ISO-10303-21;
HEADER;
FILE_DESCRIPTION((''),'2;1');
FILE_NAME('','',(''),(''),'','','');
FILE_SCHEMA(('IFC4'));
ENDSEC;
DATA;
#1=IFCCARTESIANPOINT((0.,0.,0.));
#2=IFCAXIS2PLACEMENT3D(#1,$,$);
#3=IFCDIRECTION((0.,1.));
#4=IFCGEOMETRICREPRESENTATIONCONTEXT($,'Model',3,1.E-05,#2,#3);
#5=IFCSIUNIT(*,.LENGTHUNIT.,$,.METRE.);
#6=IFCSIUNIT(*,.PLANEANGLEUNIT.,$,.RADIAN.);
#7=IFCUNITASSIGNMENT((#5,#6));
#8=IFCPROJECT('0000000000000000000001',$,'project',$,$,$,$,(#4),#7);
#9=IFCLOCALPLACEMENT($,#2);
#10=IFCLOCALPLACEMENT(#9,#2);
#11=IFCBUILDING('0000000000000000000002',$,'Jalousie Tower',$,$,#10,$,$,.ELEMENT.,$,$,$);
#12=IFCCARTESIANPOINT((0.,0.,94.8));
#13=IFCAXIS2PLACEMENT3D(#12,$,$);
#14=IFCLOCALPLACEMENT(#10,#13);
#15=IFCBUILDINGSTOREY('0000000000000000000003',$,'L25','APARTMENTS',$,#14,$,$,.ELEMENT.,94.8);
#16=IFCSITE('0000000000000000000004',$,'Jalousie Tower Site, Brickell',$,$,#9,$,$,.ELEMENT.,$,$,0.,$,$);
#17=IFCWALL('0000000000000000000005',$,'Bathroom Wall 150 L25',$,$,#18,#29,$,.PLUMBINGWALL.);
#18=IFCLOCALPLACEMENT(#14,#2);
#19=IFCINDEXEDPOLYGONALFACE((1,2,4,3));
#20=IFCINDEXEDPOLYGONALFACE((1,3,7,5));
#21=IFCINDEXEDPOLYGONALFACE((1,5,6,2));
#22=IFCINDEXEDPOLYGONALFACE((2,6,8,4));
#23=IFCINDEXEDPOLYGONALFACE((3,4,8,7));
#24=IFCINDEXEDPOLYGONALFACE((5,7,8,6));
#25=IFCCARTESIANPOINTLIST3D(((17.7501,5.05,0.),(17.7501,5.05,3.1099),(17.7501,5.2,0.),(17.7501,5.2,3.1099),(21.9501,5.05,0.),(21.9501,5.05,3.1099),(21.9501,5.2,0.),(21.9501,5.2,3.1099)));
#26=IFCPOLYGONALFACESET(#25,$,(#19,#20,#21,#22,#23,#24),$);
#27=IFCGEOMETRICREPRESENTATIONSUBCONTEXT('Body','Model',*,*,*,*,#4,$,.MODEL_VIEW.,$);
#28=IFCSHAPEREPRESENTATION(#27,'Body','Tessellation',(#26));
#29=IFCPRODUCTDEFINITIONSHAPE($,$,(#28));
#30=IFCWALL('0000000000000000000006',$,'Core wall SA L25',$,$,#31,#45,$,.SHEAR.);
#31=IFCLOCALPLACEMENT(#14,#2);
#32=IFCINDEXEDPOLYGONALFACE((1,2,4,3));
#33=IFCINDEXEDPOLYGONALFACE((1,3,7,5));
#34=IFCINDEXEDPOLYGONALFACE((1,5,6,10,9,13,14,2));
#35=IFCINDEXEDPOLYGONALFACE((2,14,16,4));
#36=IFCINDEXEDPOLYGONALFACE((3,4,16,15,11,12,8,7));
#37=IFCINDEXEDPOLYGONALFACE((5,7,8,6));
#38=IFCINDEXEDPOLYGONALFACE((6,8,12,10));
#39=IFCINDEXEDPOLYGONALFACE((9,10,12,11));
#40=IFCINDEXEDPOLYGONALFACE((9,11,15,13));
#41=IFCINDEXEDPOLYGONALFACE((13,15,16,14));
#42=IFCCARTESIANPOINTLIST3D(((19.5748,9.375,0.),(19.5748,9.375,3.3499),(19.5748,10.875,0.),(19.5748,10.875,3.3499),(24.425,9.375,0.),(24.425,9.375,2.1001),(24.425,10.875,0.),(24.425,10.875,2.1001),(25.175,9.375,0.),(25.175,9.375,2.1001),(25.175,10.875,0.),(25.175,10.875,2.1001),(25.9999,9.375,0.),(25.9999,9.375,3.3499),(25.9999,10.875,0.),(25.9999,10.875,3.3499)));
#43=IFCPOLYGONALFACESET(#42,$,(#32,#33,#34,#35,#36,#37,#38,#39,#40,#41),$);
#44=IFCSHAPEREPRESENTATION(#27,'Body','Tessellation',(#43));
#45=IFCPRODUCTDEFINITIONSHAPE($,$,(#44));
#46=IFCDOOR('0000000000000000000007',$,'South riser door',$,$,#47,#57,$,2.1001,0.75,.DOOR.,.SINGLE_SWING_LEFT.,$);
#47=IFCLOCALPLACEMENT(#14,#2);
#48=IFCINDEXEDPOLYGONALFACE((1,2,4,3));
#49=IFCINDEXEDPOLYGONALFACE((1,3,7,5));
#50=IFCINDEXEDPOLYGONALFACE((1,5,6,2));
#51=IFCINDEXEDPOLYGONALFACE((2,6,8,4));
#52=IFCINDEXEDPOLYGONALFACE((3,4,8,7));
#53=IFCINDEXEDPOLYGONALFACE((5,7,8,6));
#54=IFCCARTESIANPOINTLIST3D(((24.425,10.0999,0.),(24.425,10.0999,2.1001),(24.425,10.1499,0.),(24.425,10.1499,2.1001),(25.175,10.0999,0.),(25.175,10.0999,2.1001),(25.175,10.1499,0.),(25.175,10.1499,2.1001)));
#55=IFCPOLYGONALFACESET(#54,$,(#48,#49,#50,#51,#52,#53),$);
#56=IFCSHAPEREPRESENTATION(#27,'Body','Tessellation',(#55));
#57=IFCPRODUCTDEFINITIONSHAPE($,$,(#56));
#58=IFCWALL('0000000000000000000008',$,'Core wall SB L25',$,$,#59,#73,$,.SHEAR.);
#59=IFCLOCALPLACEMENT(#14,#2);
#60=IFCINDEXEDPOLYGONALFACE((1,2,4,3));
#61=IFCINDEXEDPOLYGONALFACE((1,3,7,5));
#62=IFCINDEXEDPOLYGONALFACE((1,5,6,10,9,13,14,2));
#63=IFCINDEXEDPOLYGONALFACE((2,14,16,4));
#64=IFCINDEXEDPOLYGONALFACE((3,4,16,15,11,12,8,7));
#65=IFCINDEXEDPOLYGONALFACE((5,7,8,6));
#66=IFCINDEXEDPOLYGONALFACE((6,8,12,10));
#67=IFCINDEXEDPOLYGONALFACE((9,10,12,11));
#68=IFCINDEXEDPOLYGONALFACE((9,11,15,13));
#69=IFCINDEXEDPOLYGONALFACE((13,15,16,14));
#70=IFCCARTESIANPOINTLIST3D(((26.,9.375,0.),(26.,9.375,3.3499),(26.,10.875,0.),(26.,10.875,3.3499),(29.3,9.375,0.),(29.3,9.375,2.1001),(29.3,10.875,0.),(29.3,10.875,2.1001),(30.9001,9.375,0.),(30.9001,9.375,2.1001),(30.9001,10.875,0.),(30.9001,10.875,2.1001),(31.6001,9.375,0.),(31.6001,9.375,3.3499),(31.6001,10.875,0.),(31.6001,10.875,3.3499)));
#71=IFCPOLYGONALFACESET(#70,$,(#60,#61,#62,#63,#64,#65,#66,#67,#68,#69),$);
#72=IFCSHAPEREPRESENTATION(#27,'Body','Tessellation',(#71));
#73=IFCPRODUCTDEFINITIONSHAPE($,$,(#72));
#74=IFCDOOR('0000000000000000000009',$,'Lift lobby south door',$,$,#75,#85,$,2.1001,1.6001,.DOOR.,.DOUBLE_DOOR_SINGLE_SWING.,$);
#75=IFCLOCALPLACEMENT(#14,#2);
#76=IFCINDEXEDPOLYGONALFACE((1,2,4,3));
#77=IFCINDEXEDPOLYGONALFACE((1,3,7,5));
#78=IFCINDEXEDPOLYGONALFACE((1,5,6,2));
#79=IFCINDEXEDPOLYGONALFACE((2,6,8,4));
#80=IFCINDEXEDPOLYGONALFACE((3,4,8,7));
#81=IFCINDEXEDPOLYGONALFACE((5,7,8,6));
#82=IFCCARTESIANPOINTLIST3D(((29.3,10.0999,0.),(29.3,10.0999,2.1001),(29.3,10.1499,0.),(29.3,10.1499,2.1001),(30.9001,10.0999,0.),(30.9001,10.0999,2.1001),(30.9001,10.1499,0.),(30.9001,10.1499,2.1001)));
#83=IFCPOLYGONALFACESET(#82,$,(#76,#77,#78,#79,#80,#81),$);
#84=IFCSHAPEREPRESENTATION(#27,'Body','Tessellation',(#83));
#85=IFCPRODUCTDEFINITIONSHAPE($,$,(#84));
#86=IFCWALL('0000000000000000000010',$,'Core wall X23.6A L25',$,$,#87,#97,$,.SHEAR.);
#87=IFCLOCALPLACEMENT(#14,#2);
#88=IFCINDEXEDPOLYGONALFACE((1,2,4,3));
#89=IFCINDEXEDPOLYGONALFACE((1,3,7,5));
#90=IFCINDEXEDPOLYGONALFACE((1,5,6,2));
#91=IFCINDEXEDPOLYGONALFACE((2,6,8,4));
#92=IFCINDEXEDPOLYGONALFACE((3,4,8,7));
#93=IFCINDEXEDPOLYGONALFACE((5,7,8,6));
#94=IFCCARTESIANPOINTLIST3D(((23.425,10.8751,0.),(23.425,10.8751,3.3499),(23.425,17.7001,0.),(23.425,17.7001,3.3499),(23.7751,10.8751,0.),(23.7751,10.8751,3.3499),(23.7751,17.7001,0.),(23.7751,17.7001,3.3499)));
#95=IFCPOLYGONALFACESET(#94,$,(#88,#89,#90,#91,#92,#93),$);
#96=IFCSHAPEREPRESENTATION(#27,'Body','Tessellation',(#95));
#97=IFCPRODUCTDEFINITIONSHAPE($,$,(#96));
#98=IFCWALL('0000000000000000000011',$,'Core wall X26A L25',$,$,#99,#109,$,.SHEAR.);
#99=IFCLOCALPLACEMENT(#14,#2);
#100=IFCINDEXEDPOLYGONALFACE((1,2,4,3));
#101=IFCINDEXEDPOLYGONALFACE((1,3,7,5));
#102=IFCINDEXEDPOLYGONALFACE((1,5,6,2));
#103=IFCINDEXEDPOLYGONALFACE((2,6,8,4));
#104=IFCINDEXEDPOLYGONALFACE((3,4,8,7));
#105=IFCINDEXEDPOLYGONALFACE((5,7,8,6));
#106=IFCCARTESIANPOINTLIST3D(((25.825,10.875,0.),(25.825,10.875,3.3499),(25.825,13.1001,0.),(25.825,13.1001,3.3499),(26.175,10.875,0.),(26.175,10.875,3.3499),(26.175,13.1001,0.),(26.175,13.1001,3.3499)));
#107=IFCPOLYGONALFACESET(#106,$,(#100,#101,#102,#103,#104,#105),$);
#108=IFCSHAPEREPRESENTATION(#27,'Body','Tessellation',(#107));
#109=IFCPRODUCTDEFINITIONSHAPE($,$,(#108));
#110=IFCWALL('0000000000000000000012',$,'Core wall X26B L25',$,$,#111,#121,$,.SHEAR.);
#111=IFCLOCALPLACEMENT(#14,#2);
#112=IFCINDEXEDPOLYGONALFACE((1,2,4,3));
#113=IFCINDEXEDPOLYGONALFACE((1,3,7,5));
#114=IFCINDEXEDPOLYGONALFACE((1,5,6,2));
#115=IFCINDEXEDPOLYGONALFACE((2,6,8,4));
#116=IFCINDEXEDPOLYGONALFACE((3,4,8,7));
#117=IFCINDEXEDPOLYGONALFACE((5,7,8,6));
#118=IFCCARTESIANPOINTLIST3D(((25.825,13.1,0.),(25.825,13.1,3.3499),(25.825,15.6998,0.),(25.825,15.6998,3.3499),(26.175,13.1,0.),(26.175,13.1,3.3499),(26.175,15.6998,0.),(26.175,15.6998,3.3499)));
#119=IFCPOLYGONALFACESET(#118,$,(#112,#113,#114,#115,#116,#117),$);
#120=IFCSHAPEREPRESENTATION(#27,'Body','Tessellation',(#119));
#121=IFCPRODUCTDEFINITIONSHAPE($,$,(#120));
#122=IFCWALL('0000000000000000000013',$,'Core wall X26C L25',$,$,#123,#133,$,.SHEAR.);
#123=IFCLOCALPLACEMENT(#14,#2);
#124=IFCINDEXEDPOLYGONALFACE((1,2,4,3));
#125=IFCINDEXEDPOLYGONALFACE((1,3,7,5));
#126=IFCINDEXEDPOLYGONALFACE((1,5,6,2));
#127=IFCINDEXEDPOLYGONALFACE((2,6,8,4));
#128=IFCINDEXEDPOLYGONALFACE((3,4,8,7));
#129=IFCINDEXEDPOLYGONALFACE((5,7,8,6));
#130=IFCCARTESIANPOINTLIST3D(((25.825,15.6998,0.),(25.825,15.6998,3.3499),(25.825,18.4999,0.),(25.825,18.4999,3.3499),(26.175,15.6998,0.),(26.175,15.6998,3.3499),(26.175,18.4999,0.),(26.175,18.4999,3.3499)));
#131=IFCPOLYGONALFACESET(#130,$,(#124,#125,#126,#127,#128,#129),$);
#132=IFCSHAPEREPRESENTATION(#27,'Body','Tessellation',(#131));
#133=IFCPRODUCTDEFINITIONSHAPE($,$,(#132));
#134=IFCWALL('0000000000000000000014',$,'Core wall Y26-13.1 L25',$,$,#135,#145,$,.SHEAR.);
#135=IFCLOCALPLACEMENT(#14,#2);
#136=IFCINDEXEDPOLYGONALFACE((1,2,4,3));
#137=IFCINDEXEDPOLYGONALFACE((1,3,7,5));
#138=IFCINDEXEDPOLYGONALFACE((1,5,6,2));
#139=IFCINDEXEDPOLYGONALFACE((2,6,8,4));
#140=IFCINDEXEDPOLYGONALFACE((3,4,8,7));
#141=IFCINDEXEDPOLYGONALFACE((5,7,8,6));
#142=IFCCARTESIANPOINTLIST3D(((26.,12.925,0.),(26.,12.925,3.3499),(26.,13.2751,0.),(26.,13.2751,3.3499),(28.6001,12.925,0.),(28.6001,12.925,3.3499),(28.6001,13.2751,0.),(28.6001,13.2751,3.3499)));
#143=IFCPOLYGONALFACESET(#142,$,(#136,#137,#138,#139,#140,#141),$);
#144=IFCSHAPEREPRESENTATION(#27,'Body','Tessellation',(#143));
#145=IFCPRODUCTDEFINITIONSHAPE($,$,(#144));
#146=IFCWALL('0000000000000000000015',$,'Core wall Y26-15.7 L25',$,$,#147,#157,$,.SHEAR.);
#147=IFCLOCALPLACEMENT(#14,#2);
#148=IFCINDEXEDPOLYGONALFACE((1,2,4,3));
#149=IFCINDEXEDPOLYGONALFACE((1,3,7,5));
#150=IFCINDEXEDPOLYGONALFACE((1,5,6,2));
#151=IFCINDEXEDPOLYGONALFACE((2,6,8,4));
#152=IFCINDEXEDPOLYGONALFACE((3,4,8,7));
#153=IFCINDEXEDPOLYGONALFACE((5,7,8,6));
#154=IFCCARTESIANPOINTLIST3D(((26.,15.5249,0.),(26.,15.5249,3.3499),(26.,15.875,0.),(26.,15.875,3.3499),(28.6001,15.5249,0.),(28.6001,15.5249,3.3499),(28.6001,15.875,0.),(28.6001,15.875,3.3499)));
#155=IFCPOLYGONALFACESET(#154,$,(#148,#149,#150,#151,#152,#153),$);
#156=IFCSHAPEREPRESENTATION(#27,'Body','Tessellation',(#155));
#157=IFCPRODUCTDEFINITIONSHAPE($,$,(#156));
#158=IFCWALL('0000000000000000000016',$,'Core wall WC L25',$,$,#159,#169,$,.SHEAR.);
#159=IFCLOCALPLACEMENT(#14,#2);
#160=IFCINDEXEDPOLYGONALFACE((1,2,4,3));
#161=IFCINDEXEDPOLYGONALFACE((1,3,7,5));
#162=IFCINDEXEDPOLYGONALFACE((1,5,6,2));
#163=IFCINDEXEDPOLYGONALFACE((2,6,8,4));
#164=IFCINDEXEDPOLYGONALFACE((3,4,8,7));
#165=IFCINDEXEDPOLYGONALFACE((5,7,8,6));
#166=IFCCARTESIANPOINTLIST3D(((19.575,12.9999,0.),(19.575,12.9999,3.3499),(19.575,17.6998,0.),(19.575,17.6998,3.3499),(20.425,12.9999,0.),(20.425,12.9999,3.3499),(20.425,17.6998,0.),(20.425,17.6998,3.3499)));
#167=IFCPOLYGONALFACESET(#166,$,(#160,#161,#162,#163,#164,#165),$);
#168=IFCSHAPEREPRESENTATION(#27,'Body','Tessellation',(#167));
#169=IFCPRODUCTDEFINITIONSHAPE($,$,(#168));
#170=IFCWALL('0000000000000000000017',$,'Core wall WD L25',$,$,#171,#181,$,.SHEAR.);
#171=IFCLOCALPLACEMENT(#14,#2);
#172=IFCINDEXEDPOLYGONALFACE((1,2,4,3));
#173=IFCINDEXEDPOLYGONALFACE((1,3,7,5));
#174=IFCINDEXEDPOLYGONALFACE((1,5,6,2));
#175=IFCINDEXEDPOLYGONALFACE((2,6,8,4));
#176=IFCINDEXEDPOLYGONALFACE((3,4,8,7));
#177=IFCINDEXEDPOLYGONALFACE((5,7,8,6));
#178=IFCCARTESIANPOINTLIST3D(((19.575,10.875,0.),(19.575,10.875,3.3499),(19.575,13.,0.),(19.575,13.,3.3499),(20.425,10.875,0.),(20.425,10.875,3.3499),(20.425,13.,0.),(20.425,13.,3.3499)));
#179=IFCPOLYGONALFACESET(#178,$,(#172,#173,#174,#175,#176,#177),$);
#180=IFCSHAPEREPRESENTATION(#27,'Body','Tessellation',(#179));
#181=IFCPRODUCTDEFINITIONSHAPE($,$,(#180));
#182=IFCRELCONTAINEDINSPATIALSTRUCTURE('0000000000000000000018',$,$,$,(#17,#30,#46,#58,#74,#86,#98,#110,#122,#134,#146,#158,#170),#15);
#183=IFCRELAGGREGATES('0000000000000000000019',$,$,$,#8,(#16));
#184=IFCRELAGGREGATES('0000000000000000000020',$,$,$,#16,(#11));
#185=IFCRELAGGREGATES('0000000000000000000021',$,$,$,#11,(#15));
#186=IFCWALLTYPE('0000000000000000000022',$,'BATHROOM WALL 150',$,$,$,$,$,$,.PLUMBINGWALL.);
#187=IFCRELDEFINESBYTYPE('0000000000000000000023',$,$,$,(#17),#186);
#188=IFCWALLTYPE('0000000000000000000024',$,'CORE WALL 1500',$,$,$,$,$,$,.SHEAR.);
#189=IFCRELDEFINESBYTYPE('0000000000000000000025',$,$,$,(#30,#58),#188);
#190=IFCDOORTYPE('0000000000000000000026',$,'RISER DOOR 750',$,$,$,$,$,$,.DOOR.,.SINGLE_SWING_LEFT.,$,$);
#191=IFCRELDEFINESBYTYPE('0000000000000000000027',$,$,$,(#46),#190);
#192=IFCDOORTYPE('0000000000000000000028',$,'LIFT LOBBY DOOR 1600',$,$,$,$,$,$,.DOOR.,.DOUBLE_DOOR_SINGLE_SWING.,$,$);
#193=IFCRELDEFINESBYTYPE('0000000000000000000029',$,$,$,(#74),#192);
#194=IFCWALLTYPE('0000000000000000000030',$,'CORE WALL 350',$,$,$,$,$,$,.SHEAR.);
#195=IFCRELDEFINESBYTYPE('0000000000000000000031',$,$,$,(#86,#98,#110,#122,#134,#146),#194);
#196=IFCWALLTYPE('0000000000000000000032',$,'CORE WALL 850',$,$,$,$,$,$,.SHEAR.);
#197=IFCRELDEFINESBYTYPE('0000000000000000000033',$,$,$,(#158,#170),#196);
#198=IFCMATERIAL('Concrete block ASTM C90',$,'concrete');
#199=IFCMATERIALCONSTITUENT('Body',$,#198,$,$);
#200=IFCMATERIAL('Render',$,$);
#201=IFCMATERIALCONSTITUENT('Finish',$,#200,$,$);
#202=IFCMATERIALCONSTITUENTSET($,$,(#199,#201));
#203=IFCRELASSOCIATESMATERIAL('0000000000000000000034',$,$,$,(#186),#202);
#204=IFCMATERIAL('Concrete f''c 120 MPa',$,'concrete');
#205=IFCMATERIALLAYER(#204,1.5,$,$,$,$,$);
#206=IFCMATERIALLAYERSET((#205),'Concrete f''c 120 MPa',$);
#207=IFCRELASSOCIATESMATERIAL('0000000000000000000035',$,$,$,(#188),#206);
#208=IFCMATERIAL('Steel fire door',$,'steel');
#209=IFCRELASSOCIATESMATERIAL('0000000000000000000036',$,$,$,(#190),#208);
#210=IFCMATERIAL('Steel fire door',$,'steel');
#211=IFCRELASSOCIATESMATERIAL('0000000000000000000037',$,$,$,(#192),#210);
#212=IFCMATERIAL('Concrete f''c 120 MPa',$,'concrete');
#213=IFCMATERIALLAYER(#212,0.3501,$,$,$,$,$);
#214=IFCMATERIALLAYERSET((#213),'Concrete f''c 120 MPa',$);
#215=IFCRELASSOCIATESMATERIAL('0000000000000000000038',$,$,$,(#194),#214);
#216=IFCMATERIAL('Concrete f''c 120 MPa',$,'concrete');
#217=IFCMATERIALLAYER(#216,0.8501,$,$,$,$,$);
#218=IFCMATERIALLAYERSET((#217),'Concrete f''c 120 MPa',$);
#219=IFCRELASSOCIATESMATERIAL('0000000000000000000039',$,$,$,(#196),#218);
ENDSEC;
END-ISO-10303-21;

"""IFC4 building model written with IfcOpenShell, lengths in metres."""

from ifc_helpers import new_model, si_unit, direction, frame, frame_2d, origin, place, context, subcontext, project, spatial, rectangle, extrude, material, layer, layer_set, constituent, constituent_set, type_object, element, fill, save


model = new_model("IFC4")

# Units and contexts
model_context = context("Model", 3, precision=1e-05, world=origin(), true_north=direction((0.0, 1.0)))
body_context = subcontext(model_context, "Body", "Model", "MODEL_VIEW")
ifc_project = project(units=[si_unit("LENGTHUNIT", "METRE"), si_unit("PLANEANGLEUNIT", "RADIAN")], contexts=[model_context])

# Site, building, storey
site_placement = place(None, origin())
site = spatial("IfcSite", under=ifc_project, at=site_placement, Name="Jalousie Tower Site, Brickell", CompositionType="ELEMENT", RefElevation=0.0)
building_placement = place(site_placement, origin())
building = spatial("IfcBuilding", under=site, at=building_placement, Name="Jalousie Tower", CompositionType="ELEMENT")
storey_placement = place(building_placement, frame((0.0, 0.0, 94.8)))
storey = spatial("IfcBuildingStorey", under=building, at=storey_placement, Name="L25", Description="APARTMENTS", CompositionType="ELEMENT", Elevation=94.8)

# Wall
ifc_material_1 = material(Name="Concrete block ASTM C90", Category="concrete")
ifc_constituent_1 = constituent(ifc_material_1, Name="Body")
ifc_material_2 = material(Name="Render")
ifc_constituent_2 = constituent(ifc_material_2, Name="Finish")
ifc_constituent_set_1 = constituent_set(constituents=[ifc_constituent_1, ifc_constituent_2])
wall_type_1 = type_object("IfcWallType", Name="BATHROOM WALL 150", PredefinedType="PLUMBINGWALL", material=ifc_constituent_set_1)
wall_1_placement = place(storey_placement, frame((17.75, 5.125, 0.0), z_axis=(0.0, 0.0, 1.0), x_axis=(1.0, 0.0, 0.0)))
element("IfcWall", 1, at=wall_1_placement, inside=storey, type_object=wall_type_1, Name="Bathroom Wall 150 L25", PredefinedType="PLUMBINGWALL", context=body_context, shape_type="SweptSolid", body=[
    extrude(rectangle(XDim=4.2, YDim=0.1499, at=frame_2d((2.1001, 0.0))), origin(), (0.0, 0.0, 1.0), 3.1099),
])

# Walls, openings, doors
ifc_material_3 = material(Name="Concrete f'c 120 MPa", Category="concrete")
ifc_layer_1 = layer(ifc_material_3, 1.5)
ifc_layer_set_1 = layer_set([ifc_layer_1], Name="Concrete f'c 120 MPa")
wall_type_2 = type_object("IfcWallType", Name="CORE WALL 1500", PredefinedType="SHEAR", material=ifc_layer_set_1)
wall_2_placement = place(storey_placement, frame((19.575, 10.125, 0.0), z_axis=(0.0, 0.0, 1.0), x_axis=(1.0, 0.0, 0.0)))
wall_2 = element("IfcWall", 2, at=wall_2_placement, inside=storey, type_object=wall_type_2, Name="Core wall SA L25", PredefinedType="SHEAR", context=body_context, shape_type="SweptSolid", body=[
    extrude(rectangle(XDim=6.425, YDim=1.5, at=frame_2d((3.2124, 0.0))), origin(), (0.0, 0.0, 1.0), 3.3499),
])
opening_1_placement = place(wall_2_placement, frame((4.8501, 0.0, 0.0)))
opening_1 = element("IfcOpeningElement", 3, at=opening_1_placement, cuts=wall_2, PredefinedType="OPENING", context=body_context, shape_type="SweptSolid", body=[
    extrude(rectangle(XDim=0.75, YDim=2.1001, at=frame_2d((0.375, 1.05))), frame((0.0, 0.76, 0.0), z_axis=(0.0, -1.0, 0.0), x_axis=(1.0, 0.0, 0.0)), (0.0, 0.0, 1.0), 1.52),
])
ifc_material_4 = material(Name="Steel fire door", Category="steel")
door_type_1 = type_object("IfcDoorType", Name="RISER DOOR 750", OperationType="SINGLE_SWING_LEFT", PredefinedType="DOOR", material=ifc_material_4)
door_1_placement = place(opening_1_placement, origin())
door_1 = element("IfcDoor", 4, at=door_1_placement, inside=storey, type_object=door_type_1, Name="South riser door", OperationType="SINGLE_SWING_LEFT", OverallHeight=2.1001, OverallWidth=0.75, PredefinedType="DOOR", context=body_context, shape_type="SweptSolid", body=[
    extrude(rectangle(XDim=0.75, YDim=2.1001, at=frame_2d((0.375, 1.05))), frame((0.0, 0.0249, 0.0), z_axis=(0.0, -1.0, 0.0), x_axis=(1.0, 0.0, 0.0)), (0.0, 0.0, 1.0), 0.05),
])
fill(opening_1, door_1)
wall_3_placement = place(storey_placement, frame((26.0, 10.125, 0.0), z_axis=(0.0, 0.0, 1.0), x_axis=(1.0, 0.0, 0.0)))
wall_3 = element("IfcWall", 5, at=wall_3_placement, inside=storey, type_object=wall_type_2, Name="Core wall SB L25", PredefinedType="SHEAR", context=body_context, shape_type="SweptSolid", body=[
    extrude(rectangle(XDim=5.6001, YDim=1.5, at=frame_2d((2.8, 0.0))), origin(), (0.0, 0.0, 1.0), 3.3499),
])
opening_2_placement = place(wall_3_placement, frame((3.3, 0.0, 0.0)))
opening_2 = element("IfcOpeningElement", 6, at=opening_2_placement, cuts=wall_3, PredefinedType="OPENING", context=body_context, shape_type="SweptSolid", body=[
    extrude(rectangle(XDim=1.6001, YDim=2.1001, at=frame_2d((0.8, 1.05))), frame((0.0, 0.76, 0.0), z_axis=(0.0, -1.0, 0.0), x_axis=(1.0, 0.0, 0.0)), (0.0, 0.0, 1.0), 1.52),
])
ifc_material_5 = material(Name="Steel fire door", Category="steel")
door_type_2 = type_object("IfcDoorType", Name="LIFT LOBBY DOOR 1600", OperationType="DOUBLE_DOOR_SINGLE_SWING", PredefinedType="DOOR", material=ifc_material_5)
door_2_placement = place(opening_2_placement, origin())
door_2 = element("IfcDoor", 7, at=door_2_placement, inside=storey, type_object=door_type_2, Name="Lift lobby south door", OperationType="DOUBLE_DOOR_SINGLE_SWING", OverallHeight=2.1001, OverallWidth=1.6001, PredefinedType="DOOR", context=body_context, shape_type="SweptSolid", body=[
    extrude(rectangle(XDim=1.6001, YDim=2.1001, at=frame_2d((0.8, 1.05))), frame((0.0, 0.0249, 0.0), z_axis=(0.0, -1.0, 0.0), x_axis=(1.0, 0.0, 0.0)), (0.0, 0.0, 1.0), 0.05),
])
fill(opening_2, door_2)

# Walls
ifc_material_6 = material(Name="Concrete f'c 120 MPa", Category="concrete")
ifc_layer_2 = layer(ifc_material_6, 0.3501)
ifc_layer_set_2 = layer_set([ifc_layer_2], Name="Concrete f'c 120 MPa")
wall_type_3 = type_object("IfcWallType", Name="CORE WALL 350", PredefinedType="SHEAR", material=ifc_layer_set_2)
wall_4_placement = place(storey_placement, frame((23.6001, 10.875, 0.0), z_axis=(0.0, 0.0, 1.0), x_axis=(0.0, 1.0, 0.0)))
element("IfcWall", 8, at=wall_4_placement, inside=storey, type_object=wall_type_3, Name="Core wall X23.6A L25", PredefinedType="SHEAR", context=body_context, shape_type="SweptSolid", body=[
    extrude(rectangle(XDim=6.825, YDim=0.3501, at=frame_2d((3.4126, 0.0))), origin(), (0.0, 0.0, 1.0), 3.3499),
])
wall_5_placement = place(storey_placement, frame((26.0, 10.875, 0.0), z_axis=(0.0, 0.0, 1.0), x_axis=(0.0, 1.0, 0.0)))
element("IfcWall", 9, at=wall_5_placement, inside=storey, type_object=wall_type_3, Name="Core wall X26A L25", PredefinedType="SHEAR", context=body_context, shape_type="SweptSolid", body=[
    extrude(rectangle(XDim=2.2251, YDim=0.3501, at=frame_2d((1.1125, 0.0))), origin(), (0.0, 0.0, 1.0), 3.3499),
])
wall_6_placement = place(storey_placement, frame((26.0, 13.1001, 0.0), z_axis=(0.0, 0.0, 1.0), x_axis=(0.0, 1.0, 0.0)))
element("IfcWall", 10, at=wall_6_placement, inside=storey, type_object=wall_type_3, Name="Core wall X26B L25", PredefinedType="SHEAR", context=body_context, shape_type="SweptSolid", body=[
    extrude(rectangle(XDim=2.5999, YDim=0.3501, at=frame_2d((1.2998, 0.0))), origin(), (0.0, 0.0, 1.0), 3.3499),
])
wall_7_placement = place(storey_placement, frame((26.0, 15.7, 0.0), z_axis=(0.0, 0.0, 1.0), x_axis=(0.0, 1.0, 0.0)))
element("IfcWall", 11, at=wall_7_placement, inside=storey, type_object=wall_type_3, Name="Core wall X26C L25", PredefinedType="SHEAR", context=body_context, shape_type="SweptSolid", body=[
    extrude(rectangle(XDim=2.8, YDim=0.3501, at=frame_2d((1.3999, 0.0))), origin(), (0.0, 0.0, 1.0), 3.3499),
])
for number, where, z_axis, x_axis, name in (
    (12, (26.0, 13.1001, 0.0), (0.0, 0.0, 1.0), (1.0, 0.0, 0.0), "Core wall Y26-13.1 L25"),
    (13, (26.0, 15.7, 0.0), (0.0, 0.0, 1.0), (1.0, 0.0, 0.0), "Core wall Y26-15.7 L25"),
):
    element("IfcWall", number, at=place(storey_placement, frame(where, z_axis=z_axis, x_axis=x_axis)), inside=storey, type_object=wall_type_3, Name=name, PredefinedType="SHEAR", context=body_context, shape_type="SweptSolid", body=[
        extrude(rectangle(XDim=2.6001, YDim=0.3501, at=frame_2d((1.3, 0.0))), origin(), (0.0, 0.0, 1.0), 3.3499),
    ])
ifc_material_7 = material(Name="Concrete f'c 120 MPa", Category="concrete")
ifc_layer_3 = layer(ifc_material_7, 0.8501)
ifc_layer_set_3 = layer_set([ifc_layer_3], Name="Concrete f'c 120 MPa")
wall_type_4 = type_object("IfcWallType", Name="CORE WALL 850", PredefinedType="SHEAR", material=ifc_layer_set_3)
wall_8_placement = place(storey_placement, frame((20.0, 17.7, 0.0), z_axis=(0.0, 0.0, 1.0), x_axis=(0.0, -1.0, 0.0)))
element("IfcWall", 14, at=wall_8_placement, inside=storey, type_object=wall_type_4, Name="Core wall WC L25", PredefinedType="SHEAR", context=body_context, shape_type="SweptSolid", body=[
    extrude(rectangle(XDim=4.7, YDim=0.8501, at=frame_2d((2.3501, 0.0))), origin(), (0.0, 0.0, 1.0), 3.3499),
])
wall_9_placement = place(storey_placement, frame((20.0, 13.0, 0.0), z_axis=(0.0, 0.0, 1.0), x_axis=(0.0, -1.0, 0.0)))
element("IfcWall", 15, at=wall_9_placement, inside=storey, type_object=wall_type_4, Name="Core wall WD L25", PredefinedType="SHEAR", context=body_context, shape_type="SweptSolid", body=[
    extrude(rectangle(XDim=2.125, YDim=0.8501, at=frame_2d((1.0625, 0.0))), origin(), (0.0, 0.0, 1.0), 3.3499),
])

save(model, "model.ifc")
